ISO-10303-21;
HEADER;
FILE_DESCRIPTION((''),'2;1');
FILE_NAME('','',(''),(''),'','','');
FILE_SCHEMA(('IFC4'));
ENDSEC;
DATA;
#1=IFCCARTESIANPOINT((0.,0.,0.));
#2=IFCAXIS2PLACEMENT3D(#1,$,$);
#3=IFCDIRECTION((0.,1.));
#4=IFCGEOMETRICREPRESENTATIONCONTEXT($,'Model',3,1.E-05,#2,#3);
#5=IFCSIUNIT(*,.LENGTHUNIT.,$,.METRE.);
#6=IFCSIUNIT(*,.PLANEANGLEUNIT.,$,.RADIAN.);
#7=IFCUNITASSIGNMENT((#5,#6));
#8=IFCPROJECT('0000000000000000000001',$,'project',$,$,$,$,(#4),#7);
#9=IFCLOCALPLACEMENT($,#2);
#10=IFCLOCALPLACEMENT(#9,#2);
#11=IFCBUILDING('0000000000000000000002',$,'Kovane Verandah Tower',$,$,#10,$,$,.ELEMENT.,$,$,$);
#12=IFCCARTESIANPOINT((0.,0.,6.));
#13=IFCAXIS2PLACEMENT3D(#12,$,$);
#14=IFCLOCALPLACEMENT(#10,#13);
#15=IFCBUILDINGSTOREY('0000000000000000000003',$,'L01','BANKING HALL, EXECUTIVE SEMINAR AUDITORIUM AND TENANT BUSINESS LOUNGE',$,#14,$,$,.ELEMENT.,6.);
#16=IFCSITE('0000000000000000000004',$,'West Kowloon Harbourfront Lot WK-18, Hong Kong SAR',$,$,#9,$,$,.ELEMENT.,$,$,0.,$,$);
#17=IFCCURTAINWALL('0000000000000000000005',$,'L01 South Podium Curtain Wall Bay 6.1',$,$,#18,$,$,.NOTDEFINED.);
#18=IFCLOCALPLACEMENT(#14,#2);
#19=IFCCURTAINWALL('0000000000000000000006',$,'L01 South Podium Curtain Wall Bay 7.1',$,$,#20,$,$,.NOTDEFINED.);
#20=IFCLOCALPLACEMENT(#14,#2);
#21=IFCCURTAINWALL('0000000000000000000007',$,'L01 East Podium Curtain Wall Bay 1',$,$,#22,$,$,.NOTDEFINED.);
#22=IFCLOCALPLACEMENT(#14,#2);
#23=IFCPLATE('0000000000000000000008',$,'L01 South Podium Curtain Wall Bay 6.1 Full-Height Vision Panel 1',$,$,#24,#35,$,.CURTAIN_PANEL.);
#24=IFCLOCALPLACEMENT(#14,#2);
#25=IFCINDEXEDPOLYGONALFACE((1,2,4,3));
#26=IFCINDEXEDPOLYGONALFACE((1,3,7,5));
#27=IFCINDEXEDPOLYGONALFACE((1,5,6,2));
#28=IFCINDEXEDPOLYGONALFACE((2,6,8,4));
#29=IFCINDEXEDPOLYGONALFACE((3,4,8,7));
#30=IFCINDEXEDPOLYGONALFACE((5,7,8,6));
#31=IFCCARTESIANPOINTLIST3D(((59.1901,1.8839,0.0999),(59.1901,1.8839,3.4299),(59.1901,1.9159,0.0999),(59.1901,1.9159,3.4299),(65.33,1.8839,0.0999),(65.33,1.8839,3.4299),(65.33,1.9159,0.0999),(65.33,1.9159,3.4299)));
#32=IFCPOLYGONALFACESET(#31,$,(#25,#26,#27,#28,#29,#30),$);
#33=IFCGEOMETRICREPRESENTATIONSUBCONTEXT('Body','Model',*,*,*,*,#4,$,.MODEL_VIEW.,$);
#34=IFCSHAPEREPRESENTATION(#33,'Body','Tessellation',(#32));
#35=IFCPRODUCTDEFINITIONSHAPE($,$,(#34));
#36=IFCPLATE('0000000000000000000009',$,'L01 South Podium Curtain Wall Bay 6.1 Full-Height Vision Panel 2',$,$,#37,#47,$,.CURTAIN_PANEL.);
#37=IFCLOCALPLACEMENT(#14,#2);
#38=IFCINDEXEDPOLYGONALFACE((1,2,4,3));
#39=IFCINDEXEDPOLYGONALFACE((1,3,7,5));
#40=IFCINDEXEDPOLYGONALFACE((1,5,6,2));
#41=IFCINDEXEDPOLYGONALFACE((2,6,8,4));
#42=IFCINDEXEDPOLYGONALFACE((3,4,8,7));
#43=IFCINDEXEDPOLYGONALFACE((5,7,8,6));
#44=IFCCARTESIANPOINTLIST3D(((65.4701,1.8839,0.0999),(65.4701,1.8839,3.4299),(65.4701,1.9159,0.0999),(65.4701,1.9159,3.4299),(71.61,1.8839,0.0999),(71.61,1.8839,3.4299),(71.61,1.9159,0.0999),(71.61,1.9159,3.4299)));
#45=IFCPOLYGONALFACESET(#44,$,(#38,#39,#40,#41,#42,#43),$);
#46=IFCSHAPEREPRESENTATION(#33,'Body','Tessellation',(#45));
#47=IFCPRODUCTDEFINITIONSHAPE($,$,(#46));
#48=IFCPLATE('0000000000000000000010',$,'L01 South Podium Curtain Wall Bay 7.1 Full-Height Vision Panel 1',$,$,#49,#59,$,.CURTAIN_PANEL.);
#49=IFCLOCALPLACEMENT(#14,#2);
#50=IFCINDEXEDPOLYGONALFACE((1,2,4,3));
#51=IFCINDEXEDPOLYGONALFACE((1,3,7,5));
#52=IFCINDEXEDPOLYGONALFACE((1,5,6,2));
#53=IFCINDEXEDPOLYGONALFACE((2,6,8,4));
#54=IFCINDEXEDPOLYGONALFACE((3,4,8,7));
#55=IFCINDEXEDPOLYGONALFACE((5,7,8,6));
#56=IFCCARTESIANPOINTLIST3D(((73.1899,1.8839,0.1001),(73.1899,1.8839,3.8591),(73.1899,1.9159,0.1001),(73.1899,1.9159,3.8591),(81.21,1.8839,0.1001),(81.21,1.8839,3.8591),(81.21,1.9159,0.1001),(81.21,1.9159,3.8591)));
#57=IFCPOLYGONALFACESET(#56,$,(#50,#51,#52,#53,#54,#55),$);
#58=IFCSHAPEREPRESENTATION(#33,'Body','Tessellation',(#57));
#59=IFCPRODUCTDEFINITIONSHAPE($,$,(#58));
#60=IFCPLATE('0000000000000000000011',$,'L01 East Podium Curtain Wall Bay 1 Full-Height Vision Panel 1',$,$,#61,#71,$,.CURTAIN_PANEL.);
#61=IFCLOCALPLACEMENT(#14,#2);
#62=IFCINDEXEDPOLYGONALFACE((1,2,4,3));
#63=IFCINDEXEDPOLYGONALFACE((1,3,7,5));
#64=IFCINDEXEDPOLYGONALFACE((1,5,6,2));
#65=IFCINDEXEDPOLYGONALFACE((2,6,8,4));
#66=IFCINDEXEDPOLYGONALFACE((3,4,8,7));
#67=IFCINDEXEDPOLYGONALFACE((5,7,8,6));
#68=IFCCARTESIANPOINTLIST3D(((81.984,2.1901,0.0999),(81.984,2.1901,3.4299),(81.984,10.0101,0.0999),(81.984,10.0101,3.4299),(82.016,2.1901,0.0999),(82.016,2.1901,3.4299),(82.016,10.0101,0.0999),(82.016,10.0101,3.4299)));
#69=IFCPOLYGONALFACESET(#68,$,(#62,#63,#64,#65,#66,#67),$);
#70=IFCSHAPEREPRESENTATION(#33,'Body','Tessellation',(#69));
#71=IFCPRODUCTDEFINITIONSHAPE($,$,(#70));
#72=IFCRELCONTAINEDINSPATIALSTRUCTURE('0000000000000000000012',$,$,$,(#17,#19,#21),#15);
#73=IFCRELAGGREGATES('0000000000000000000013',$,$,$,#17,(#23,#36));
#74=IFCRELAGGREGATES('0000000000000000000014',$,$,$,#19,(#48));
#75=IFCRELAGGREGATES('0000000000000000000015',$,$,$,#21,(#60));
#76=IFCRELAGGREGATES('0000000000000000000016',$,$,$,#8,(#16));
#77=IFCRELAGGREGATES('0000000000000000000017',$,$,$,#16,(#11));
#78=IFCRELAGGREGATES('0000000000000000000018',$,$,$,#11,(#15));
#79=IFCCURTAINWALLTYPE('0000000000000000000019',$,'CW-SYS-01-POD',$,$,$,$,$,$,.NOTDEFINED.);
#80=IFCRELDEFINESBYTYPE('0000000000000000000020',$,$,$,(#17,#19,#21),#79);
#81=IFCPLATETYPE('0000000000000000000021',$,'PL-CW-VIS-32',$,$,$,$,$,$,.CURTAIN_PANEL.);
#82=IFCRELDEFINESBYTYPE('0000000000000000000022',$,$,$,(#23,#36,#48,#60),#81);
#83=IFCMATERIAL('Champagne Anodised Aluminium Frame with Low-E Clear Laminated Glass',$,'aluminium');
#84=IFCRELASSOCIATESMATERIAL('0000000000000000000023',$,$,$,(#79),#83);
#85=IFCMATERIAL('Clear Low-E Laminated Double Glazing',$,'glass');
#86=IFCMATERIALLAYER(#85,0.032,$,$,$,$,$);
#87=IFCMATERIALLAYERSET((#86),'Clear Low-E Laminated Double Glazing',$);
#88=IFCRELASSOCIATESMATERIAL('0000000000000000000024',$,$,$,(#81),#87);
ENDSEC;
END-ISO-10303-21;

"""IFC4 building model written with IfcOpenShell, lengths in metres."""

from ifc_helpers import new_model, si_unit, direction, frame, origin, origin_2d, place, context, subcontext, project, spatial, rectangle, extrude, material, layer, layer_set, type_object, element, aggregate, save


model = new_model("IFC4")

# Units and contexts
model_context = context("Model", 3, precision=1e-05, world=origin(), true_north=direction((0.0, 1.0)))
body_context = subcontext(model_context, "Body", "Model", "MODEL_VIEW")
ifc_project = project(units=[si_unit("LENGTHUNIT", "METRE"), si_unit("PLANEANGLEUNIT", "RADIAN")], contexts=[model_context])

# Site, building, storey
site_placement = place(None, origin())
site = spatial("IfcSite", under=ifc_project, at=site_placement, Name="West Kowloon Harbourfront Lot WK-18, Hong Kong SAR", CompositionType="ELEMENT", RefElevation=0.0)
building_placement = place(site_placement, origin())
building = spatial("IfcBuilding", under=site, at=building_placement, Name="Kovane Verandah Tower", CompositionType="ELEMENT")
storey_placement = place(building_placement, frame((0.0, 0.0, 6.0)))
storey = spatial("IfcBuildingStorey", under=building, at=storey_placement, Name="L01", Description="BANKING HALL, EXECUTIVE SEMINAR AUDITORIUM AND TENANT BUSINESS LOUNGE", CompositionType="ELEMENT", Elevation=6.0)

# Curtain walls
ifc_material_1 = material(Name="Champagne Anodised Aluminium Frame with Low-E Clear Laminated Glass", Category="aluminium")
curtain_wall_type = type_object("IfcCurtainWallType", Name="CW-SYS-01-POD", PredefinedType="NOTDEFINED", material=ifc_material_1)
curtain_wall_1_placement = place(storey_placement, origin())
curtain_wall_1 = element("IfcCurtainWall", 1, at=curtain_wall_1_placement, inside=storey, type_object=curtain_wall_type, Name="L01 South Podium Curtain Wall Bay 6.1", PredefinedType="NOTDEFINED")
curtain_wall_2_placement = place(storey_placement, origin())
curtain_wall_2 = element("IfcCurtainWall", 2, at=curtain_wall_2_placement, inside=storey, type_object=curtain_wall_type, Name="L01 South Podium Curtain Wall Bay 7.1", PredefinedType="NOTDEFINED")
curtain_wall_3_placement = place(storey_placement, origin())
curtain_wall_3 = element("IfcCurtainWall", 3, at=curtain_wall_3_placement, inside=storey, type_object=curtain_wall_type, Name="L01 East Podium Curtain Wall Bay 1", PredefinedType="NOTDEFINED")

# Plates
ifc_material_2 = material(Name="Clear Low-E Laminated Double Glazing", Category="glass")
ifc_layer = layer(ifc_material_2, 0.032)
ifc_layer_set = layer_set([ifc_layer], Name="Clear Low-E Laminated Double Glazing")
plate_type = type_object("IfcPlateType", Name="PL-CW-VIS-32", PredefinedType="CURTAIN_PANEL", material=ifc_layer_set)
plate_1_placement = place(storey_placement, frame((62.26, 1.8999, 0.0999), z_axis=(0.0, 0.0, 1.0), x_axis=(1.0, 0.0, 0.0)))
plate_1 = element("IfcPlate", 4, at=plate_1_placement, type_object=plate_type, Name="L01 South Podium Curtain Wall Bay 6.1 Full-Height Vision Panel 1", PredefinedType="CURTAIN_PANEL", context=body_context, shape_type="SweptSolid", body=[
    extrude(rectangle(XDim=6.1399, YDim=0.032, at=origin_2d()), origin(), (0.0, 0.0, 1.0), 3.3301),
])
plate_2_placement = place(storey_placement, frame((68.54, 1.8999, 0.0999), z_axis=(0.0, 0.0, 1.0), x_axis=(1.0, 0.0, 0.0)))
plate_2 = element("IfcPlate", 5, at=plate_2_placement, type_object=plate_type, Name="L01 South Podium Curtain Wall Bay 6.1 Full-Height Vision Panel 2", PredefinedType="CURTAIN_PANEL", context=body_context, shape_type="SweptSolid", body=[
    extrude(rectangle(XDim=6.1399, YDim=0.032, at=origin_2d()), origin(), (0.0, 0.0, 1.0), 3.3301),
])
aggregate(curtain_wall_1, [plate_1, plate_2])
plate_3_placement = place(storey_placement, frame((77.2, 1.8999, 0.1001), z_axis=(0.0, 0.0, 1.0), x_axis=(1.0, 0.0, 0.0)))
plate_3 = element("IfcPlate", 6, at=plate_3_placement, type_object=plate_type, Name="L01 South Podium Curtain Wall Bay 7.1 Full-Height Vision Panel 1", PredefinedType="CURTAIN_PANEL", context=body_context, shape_type="SweptSolid", body=[
    extrude(rectangle(XDim=8.02, YDim=0.032, at=origin_2d()), origin(), (0.0, 0.0, 1.0), 3.759),
])
aggregate(curtain_wall_2, [plate_3])
plate_4_placement = place(storey_placement, frame((82.0, 6.1001, 0.0999), z_axis=(0.0, 0.0, 1.0), x_axis=(0.0, 1.0, 0.0)))
plate_4 = element("IfcPlate", 7, at=plate_4_placement, type_object=plate_type, Name="L01 East Podium Curtain Wall Bay 1 Full-Height Vision Panel 1", PredefinedType="CURTAIN_PANEL", context=body_context, shape_type="SweptSolid", body=[
    extrude(rectangle(XDim=7.8201, YDim=0.032, at=origin_2d()), origin(), (0.0, 0.0, 1.0), 3.3301),
])
aggregate(curtain_wall_3, [plate_4])

save(model, "model.ifc")
